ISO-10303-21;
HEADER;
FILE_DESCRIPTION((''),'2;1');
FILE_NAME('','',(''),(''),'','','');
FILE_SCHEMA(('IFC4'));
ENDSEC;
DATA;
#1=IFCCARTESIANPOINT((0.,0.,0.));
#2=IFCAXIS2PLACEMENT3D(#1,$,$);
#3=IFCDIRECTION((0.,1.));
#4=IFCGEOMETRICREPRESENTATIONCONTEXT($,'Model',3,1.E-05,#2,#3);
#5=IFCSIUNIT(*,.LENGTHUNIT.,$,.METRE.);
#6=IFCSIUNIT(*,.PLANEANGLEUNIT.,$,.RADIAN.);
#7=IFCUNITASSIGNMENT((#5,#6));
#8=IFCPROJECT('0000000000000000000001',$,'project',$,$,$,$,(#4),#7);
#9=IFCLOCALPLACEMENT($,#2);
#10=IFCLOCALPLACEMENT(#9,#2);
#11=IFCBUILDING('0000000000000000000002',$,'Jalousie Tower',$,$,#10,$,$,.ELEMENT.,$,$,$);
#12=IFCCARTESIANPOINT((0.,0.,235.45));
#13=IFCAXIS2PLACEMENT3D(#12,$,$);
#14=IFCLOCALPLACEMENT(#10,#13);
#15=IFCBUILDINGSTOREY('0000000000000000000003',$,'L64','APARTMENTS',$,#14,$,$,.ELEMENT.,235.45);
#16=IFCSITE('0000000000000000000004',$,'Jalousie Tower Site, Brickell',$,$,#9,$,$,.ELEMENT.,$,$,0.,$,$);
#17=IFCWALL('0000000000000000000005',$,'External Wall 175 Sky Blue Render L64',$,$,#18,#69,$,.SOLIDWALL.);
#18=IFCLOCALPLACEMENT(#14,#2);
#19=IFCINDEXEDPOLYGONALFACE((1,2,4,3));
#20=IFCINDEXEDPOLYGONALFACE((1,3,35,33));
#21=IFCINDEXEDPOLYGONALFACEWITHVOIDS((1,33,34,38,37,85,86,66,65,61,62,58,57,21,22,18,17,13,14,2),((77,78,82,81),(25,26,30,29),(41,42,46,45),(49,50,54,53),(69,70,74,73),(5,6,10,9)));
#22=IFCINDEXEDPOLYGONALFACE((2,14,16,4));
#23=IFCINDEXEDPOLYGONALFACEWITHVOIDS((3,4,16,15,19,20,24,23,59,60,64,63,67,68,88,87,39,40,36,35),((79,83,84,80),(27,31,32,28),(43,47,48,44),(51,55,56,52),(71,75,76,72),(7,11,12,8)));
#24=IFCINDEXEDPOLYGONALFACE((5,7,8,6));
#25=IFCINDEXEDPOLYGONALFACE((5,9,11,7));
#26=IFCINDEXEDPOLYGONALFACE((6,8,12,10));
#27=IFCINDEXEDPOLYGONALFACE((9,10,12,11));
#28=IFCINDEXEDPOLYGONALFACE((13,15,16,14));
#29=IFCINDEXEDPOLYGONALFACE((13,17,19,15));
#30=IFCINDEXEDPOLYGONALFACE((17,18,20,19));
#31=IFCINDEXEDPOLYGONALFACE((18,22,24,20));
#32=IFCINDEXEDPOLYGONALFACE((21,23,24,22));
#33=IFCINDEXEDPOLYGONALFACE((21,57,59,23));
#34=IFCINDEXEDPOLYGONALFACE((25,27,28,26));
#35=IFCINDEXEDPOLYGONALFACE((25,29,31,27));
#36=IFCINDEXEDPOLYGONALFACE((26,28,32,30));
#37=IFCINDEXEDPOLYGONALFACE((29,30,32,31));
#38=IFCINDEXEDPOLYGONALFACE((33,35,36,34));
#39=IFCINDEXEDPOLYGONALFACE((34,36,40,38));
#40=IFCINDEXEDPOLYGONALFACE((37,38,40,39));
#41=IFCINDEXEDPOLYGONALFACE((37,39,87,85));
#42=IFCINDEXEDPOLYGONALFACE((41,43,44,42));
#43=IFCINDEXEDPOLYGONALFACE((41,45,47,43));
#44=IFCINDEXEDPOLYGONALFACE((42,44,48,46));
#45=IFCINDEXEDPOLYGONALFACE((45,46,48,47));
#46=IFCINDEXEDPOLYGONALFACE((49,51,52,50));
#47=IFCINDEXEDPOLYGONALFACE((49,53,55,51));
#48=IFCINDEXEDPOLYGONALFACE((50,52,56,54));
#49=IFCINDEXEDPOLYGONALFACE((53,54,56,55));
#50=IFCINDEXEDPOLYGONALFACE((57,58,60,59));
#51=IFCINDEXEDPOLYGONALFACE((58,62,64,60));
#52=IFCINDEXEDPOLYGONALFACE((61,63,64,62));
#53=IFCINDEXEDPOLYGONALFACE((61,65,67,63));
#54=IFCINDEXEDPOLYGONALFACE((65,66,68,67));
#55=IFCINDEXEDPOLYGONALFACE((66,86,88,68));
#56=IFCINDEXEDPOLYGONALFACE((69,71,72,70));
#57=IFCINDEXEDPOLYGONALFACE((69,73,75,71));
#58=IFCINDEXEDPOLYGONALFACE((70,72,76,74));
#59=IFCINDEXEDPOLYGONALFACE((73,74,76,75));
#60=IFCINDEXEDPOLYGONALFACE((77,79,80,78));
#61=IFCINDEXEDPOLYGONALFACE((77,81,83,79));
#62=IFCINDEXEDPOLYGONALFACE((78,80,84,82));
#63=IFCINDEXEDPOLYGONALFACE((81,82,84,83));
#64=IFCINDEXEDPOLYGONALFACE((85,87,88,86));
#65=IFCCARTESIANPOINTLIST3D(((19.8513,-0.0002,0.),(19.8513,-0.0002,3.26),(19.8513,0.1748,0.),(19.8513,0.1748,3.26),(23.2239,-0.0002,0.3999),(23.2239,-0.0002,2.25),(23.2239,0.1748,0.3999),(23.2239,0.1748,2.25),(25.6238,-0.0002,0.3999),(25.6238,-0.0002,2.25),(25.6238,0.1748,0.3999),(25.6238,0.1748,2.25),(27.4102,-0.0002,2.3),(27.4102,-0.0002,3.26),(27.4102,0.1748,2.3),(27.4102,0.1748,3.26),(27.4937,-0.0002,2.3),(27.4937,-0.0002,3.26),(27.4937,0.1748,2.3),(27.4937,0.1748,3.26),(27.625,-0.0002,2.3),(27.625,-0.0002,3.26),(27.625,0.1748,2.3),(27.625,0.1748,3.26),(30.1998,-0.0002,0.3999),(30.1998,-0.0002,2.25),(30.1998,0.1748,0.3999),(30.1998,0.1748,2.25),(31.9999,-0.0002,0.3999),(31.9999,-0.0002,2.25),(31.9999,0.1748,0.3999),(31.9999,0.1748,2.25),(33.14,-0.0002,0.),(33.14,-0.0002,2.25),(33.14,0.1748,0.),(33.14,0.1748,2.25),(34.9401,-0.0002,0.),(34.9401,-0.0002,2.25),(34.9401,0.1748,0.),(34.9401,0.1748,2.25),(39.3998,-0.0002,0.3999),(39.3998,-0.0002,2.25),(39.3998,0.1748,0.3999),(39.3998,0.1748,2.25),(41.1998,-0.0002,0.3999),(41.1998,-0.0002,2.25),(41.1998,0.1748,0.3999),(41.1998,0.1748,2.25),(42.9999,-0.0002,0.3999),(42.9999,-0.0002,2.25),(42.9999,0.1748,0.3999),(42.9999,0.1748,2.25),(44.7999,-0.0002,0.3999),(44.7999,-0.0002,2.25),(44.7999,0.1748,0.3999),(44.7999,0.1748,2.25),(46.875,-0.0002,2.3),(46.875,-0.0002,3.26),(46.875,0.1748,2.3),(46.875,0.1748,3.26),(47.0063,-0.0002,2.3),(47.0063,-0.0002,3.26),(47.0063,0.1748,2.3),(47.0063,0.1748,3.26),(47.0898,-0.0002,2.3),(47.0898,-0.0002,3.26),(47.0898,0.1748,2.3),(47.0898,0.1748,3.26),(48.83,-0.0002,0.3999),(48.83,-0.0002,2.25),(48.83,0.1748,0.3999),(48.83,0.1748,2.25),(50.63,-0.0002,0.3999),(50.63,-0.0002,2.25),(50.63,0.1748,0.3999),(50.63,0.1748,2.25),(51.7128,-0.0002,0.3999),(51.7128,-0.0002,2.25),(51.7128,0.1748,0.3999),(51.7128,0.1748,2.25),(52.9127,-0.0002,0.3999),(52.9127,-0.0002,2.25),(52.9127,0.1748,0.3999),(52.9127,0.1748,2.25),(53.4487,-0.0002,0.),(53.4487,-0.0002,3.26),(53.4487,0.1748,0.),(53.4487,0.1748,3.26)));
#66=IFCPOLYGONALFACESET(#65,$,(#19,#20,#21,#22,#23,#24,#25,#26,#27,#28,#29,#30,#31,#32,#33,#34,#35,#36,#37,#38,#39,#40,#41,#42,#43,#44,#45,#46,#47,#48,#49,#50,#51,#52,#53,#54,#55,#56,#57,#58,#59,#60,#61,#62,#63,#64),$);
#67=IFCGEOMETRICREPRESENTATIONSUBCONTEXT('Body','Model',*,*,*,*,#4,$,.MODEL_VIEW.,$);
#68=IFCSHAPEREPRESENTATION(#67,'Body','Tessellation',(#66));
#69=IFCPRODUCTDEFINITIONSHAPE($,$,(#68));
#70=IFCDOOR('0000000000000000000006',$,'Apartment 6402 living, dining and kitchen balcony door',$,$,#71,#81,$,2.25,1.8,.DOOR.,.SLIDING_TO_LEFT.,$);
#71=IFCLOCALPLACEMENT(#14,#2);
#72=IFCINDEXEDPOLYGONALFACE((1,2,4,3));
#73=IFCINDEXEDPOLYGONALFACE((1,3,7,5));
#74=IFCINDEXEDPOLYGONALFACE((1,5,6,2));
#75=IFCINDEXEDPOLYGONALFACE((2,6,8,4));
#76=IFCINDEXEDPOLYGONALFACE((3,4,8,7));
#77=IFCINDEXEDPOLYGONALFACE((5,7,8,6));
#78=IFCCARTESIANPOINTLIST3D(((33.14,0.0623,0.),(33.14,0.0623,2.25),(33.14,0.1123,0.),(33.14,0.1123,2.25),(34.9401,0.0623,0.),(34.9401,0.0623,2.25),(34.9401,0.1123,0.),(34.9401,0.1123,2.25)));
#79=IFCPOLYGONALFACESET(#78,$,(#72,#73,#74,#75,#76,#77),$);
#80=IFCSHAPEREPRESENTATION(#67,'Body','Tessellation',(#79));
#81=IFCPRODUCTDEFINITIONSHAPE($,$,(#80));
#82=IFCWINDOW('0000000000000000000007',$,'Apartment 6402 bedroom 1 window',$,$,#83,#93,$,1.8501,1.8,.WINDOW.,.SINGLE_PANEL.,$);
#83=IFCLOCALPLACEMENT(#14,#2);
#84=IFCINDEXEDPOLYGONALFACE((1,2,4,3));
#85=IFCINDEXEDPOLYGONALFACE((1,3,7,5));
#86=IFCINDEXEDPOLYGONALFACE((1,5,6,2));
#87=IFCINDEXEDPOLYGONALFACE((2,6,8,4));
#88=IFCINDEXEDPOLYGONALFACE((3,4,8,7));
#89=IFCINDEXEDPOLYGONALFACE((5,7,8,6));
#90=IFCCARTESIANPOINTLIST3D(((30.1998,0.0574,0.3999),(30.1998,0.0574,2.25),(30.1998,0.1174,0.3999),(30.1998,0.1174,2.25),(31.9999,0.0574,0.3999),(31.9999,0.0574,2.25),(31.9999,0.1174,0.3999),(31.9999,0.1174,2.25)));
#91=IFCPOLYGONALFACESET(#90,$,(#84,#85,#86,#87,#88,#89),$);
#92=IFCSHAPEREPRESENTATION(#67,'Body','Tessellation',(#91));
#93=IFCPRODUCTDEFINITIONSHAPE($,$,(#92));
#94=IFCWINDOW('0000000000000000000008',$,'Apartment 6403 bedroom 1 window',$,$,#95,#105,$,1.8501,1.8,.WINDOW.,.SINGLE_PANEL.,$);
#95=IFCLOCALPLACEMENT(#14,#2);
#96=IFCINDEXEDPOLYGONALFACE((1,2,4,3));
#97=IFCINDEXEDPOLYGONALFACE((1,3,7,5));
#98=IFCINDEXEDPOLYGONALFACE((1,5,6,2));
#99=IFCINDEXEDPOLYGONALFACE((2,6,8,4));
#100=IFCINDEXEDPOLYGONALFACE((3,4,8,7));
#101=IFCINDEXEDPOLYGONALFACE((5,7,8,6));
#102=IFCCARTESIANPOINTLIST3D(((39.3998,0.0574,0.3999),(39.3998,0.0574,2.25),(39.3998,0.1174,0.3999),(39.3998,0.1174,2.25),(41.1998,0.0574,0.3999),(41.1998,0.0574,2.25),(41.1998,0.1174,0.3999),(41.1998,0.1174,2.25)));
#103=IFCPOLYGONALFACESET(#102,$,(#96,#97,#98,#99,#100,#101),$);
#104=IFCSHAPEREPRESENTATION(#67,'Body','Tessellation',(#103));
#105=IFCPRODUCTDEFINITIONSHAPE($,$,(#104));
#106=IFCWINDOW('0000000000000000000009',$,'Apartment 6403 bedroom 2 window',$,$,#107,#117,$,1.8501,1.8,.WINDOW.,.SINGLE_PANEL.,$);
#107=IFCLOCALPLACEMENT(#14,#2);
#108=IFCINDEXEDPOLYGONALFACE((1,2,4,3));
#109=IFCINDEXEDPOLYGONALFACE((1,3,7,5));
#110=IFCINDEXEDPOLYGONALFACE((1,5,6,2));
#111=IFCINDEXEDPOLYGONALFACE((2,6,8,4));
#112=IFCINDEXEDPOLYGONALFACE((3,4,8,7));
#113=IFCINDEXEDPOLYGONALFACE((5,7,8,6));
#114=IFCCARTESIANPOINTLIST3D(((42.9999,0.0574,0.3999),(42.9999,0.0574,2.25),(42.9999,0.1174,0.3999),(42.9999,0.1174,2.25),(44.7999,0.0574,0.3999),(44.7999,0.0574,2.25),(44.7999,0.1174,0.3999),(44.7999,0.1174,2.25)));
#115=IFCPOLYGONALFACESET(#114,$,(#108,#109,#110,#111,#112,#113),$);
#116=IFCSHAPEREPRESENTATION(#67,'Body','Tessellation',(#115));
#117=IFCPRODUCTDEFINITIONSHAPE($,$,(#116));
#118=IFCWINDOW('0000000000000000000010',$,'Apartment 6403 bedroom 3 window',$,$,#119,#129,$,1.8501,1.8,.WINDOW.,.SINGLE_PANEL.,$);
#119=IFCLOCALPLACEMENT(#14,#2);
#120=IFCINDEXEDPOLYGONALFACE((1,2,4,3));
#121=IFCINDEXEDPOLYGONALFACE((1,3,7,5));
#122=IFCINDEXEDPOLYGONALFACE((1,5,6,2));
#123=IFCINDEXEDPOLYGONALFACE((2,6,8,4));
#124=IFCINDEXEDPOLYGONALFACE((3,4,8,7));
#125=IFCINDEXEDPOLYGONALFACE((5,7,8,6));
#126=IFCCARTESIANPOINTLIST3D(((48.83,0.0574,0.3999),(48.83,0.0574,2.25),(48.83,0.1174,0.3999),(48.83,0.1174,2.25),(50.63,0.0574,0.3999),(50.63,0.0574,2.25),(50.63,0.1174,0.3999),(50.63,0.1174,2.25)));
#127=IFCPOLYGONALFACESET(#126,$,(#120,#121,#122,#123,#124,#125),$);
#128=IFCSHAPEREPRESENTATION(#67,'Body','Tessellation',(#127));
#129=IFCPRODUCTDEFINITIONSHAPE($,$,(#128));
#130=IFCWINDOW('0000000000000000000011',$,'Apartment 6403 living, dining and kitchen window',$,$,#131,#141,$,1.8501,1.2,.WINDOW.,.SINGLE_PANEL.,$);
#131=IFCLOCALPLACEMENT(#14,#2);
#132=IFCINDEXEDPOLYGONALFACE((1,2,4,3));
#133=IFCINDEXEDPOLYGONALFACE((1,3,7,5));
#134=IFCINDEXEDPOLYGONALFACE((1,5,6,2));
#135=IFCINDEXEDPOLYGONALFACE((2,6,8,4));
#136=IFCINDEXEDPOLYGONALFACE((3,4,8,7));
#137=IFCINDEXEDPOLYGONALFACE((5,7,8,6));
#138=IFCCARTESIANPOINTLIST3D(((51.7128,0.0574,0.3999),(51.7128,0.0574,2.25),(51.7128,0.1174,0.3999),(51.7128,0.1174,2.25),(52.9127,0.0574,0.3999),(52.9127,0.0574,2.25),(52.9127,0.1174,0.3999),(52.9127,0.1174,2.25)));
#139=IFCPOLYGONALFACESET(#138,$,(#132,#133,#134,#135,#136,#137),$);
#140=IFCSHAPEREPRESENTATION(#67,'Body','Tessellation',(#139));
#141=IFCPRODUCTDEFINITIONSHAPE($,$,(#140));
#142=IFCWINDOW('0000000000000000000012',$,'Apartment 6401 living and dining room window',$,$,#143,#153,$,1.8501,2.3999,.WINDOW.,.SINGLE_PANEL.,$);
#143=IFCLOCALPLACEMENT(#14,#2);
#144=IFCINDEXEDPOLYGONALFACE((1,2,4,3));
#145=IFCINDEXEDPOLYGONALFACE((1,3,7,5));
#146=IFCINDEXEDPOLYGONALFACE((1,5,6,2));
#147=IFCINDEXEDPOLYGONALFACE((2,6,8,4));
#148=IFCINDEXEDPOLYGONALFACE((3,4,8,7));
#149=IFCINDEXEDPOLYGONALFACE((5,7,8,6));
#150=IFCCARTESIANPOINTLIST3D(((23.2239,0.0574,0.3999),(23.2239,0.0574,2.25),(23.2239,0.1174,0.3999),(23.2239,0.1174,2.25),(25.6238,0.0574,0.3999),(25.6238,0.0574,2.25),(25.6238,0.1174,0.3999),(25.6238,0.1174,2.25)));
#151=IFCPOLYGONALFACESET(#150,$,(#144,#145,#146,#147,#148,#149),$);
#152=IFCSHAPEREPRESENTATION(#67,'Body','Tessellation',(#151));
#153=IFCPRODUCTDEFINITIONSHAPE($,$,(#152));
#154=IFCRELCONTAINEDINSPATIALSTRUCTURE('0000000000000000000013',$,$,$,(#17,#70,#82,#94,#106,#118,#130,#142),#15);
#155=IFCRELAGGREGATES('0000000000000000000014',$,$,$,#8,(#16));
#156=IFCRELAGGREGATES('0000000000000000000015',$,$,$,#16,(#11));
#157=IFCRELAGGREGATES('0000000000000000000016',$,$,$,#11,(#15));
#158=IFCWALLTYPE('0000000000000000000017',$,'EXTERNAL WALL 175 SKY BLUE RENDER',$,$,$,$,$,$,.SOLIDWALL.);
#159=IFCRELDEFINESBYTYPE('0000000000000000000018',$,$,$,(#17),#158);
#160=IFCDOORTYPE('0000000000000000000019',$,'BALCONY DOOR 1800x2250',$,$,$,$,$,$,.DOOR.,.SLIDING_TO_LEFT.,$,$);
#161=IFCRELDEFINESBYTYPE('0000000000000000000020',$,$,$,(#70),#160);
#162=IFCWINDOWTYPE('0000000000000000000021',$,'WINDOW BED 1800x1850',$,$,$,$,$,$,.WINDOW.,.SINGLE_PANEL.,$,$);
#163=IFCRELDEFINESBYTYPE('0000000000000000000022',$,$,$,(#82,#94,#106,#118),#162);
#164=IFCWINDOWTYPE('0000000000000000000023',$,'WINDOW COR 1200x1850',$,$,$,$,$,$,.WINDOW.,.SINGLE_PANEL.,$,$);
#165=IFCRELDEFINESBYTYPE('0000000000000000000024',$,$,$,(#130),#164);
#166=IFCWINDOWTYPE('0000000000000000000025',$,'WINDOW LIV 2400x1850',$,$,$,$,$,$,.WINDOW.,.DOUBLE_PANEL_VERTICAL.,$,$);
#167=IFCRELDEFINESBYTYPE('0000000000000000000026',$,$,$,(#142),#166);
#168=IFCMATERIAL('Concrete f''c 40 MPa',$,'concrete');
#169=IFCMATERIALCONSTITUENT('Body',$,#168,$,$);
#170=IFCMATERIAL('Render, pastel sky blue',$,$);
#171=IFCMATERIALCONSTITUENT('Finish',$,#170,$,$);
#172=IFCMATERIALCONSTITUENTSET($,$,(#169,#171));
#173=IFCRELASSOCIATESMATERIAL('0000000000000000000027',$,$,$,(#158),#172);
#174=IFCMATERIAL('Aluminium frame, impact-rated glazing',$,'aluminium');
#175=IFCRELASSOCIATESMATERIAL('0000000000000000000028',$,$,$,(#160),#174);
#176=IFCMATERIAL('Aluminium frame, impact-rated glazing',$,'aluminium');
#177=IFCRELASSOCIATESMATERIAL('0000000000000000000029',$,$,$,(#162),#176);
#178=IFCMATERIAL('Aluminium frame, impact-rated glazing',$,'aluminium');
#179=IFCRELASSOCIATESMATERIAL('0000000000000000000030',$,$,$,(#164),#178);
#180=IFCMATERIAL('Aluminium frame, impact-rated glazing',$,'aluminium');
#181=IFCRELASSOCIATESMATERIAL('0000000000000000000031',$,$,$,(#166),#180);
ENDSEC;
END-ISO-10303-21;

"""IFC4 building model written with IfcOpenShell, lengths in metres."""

from ifc_helpers import new_model, si_unit, direction, frame, frame_2d, origin, place, context, subcontext, project, spatial, polyline, rectangle, outline, extrude, material, constituent, constituent_set, type_object, element, fill, save


model = new_model("IFC4")

# Units and contexts
model_context = context("Model", 3, precision=1e-05, world=origin(), true_north=direction((0.0, 1.0)))
body_context = subcontext(model_context, "Body", "Model", "MODEL_VIEW")
ifc_project = project(units=[si_unit("LENGTHUNIT", "METRE"), si_unit("PLANEANGLEUNIT", "RADIAN")], contexts=[model_context])

# Site, building, storey
site_placement = place(None, origin())
site = spatial("IfcSite", under=ifc_project, at=site_placement, Name="Jalousie Tower Site, Brickell", CompositionType="ELEMENT", RefElevation=0.0)
building_placement = place(site_placement, origin())
building = spatial("IfcBuilding", under=site, at=building_placement, Name="Jalousie Tower", CompositionType="ELEMENT")
storey_placement = place(building_placement, frame((0.0, 0.0, 235.45)))
storey = spatial("IfcBuildingStorey", under=building, at=storey_placement, Name="L64", Description="APARTMENTS", CompositionType="ELEMENT", Elevation=235.45)

# Wall, openings, door, windows
ifc_material_1 = material(Name="Concrete f'c 40 MPa", Category="concrete")
ifc_constituent_1 = constituent(ifc_material_1, Name="Body")
ifc_material_2 = material(Name="Render, pastel sky blue")
ifc_constituent_2 = constituent(ifc_material_2, Name="Finish")
ifc_constituent_set_1 = constituent_set(constituents=[ifc_constituent_1, ifc_constituent_2])
wall_type_1 = type_object("IfcWallType", Name="EXTERNAL WALL 175 SKY BLUE RENDER", PredefinedType="SOLIDWALL", material=ifc_constituent_set_1)
wall_1_placement = place(storey_placement, frame((19.8513, 0.0874, 0.0), z_axis=(0.0, 0.0, 1.0), x_axis=(1.0, 0.0, 0.0)))
wall_1 = element("IfcWall", 1, at=wall_1_placement, inside=storey, type_object=wall_type_1, Name="External Wall 175 Sky Blue Render L64", PredefinedType="SOLIDWALL", context=body_context, shape_type="SweptSolid", body=[
    extrude(outline(polyline([(0.0, 0.0), (33.5974, 0.0), (33.5974, 3.26), (27.2385, 3.26), (27.2385, 2.3), (27.155, 2.3), (27.155, 3.26), (27.0237, 3.26), (27.0237, 2.3), (7.7737, 2.3), (7.7737, 3.26), (7.6423, 3.26), (7.6423, 2.3), (7.5588, 2.3), (7.5588, 3.26), (0.0, 3.26), (0.0, 0.0)])), frame((0.0, 0.0874, 0.0), z_axis=(0.0, -1.0, 0.0), x_axis=(1.0, 0.0, 0.0)), (0.0, 0.0, 1.0), 0.175),
])
opening_1_placement = place(wall_1_placement, frame((3.3726, 0.0, 0.3999)))
opening_1 = element("IfcOpeningElement", 2, at=opening_1_placement, cuts=wall_1, PredefinedType="OPENING", context=body_context, shape_type="SweptSolid", body=[
    extrude(rectangle(XDim=2.3999, YDim=1.8501, at=frame_2d((1.2, 0.925))), frame((0.0, 0.0974, 0.0), z_axis=(0.0, -1.0, 0.0), x_axis=(1.0, 0.0, 0.0)), (0.0, 0.0, 1.0), 0.1951),
])
opening_2_placement = place(wall_1_placement, frame((10.3486, 0.0, 0.3999)))
opening_2 = element("IfcOpeningElement", 3, at=opening_2_placement, cuts=wall_1, PredefinedType="OPENING", context=body_context, shape_type="SweptSolid", body=[
    extrude(rectangle(XDim=1.8, YDim=1.8501, at=frame_2d((0.8999, 0.925))), frame((0.0, 0.0974, 0.0), z_axis=(0.0, -1.0, 0.0), x_axis=(1.0, 0.0, 0.0)), (0.0, 0.0, 1.0), 0.1951),
])
opening_3_placement = place(wall_1_placement, frame((13.2888, 0.0, 0.0)))
opening_3 = element("IfcOpeningElement", 4, at=opening_3_placement, cuts=wall_1, PredefinedType="OPENING", context=body_context, shape_type="SweptSolid", body=[
    extrude(rectangle(XDim=1.8, YDim=2.25, at=frame_2d((0.8999, 1.125))), frame((0.0, 0.0974, 0.0), z_axis=(0.0, -1.0, 0.0), x_axis=(1.0, 0.0, 0.0)), (0.0, 0.0, 1.0), 0.1951),
])
opening_4_placement = place(wall_1_placement, frame((19.5486, 0.0, 0.3999)))
opening_4 = element("IfcOpeningElement", 5, at=opening_4_placement, cuts=wall_1, PredefinedType="OPENING", context=body_context, shape_type="SweptSolid", body=[
    extrude(rectangle(XDim=1.8, YDim=1.8501, at=frame_2d((0.8999, 0.925))), frame((0.0, 0.0974, 0.0), z_axis=(0.0, -1.0, 0.0), x_axis=(1.0, 0.0, 0.0)), (0.0, 0.0, 1.0), 0.1951),
])
opening_5_placement = place(wall_1_placement, frame((23.1487, 0.0, 0.3999)))
opening_5 = element("IfcOpeningElement", 6, at=opening_5_placement, cuts=wall_1, PredefinedType="OPENING", context=body_context, shape_type="SweptSolid", body=[
    extrude(rectangle(XDim=1.8, YDim=1.8501, at=frame_2d((0.8999, 0.925))), frame((0.0, 0.0974, 0.0), z_axis=(0.0, -1.0, 0.0), x_axis=(1.0, 0.0, 0.0)), (0.0, 0.0, 1.0), 0.1951),
])
opening_6_placement = place(wall_1_placement, frame((28.9788, 0.0, 0.3999)))
opening_6 = element("IfcOpeningElement", 7, at=opening_6_placement, cuts=wall_1, PredefinedType="OPENING", context=body_context, shape_type="SweptSolid", body=[
    extrude(rectangle(XDim=1.8, YDim=1.8501, at=frame_2d((0.8999, 0.925))), frame((0.0, 0.0974, 0.0), z_axis=(0.0, -1.0, 0.0), x_axis=(1.0, 0.0, 0.0)), (0.0, 0.0, 1.0), 0.1951),
])
opening_7_placement = place(wall_1_placement, frame((31.8613, 0.0, 0.3999)))
opening_7 = element("IfcOpeningElement", 8, at=opening_7_placement, cuts=wall_1, PredefinedType="OPENING", context=body_context, shape_type="SweptSolid", body=[
    extrude(rectangle(XDim=1.2, YDim=1.8501, at=frame_2d((0.6001, 0.925))), frame((0.0, 0.0974, 0.0), z_axis=(0.0, -1.0, 0.0), x_axis=(1.0, 0.0, 0.0)), (0.0, 0.0, 1.0), 0.1951),
])
ifc_material_3 = material(Name="Aluminium frame, impact-rated glazing", Category="aluminium")
door_type_1 = type_object("IfcDoorType", Name="BALCONY DOOR 1800x2250", OperationType="SLIDING_TO_LEFT", PredefinedType="DOOR", material=ifc_material_3)
door_1_placement = place(opening_3_placement, origin())
door_1 = element("IfcDoor", 9, at=door_1_placement, inside=storey, type_object=door_type_1, Name="Apartment 6402 living, dining and kitchen balcony door", OperationType="SLIDING_TO_LEFT", OverallHeight=2.25, OverallWidth=1.8, PredefinedType="DOOR", context=body_context, shape_type="SweptSolid", body=[
    extrude(rectangle(XDim=1.8, YDim=2.25, at=frame_2d((0.8999, 1.125))), frame((0.0, 0.0249, 0.0), z_axis=(0.0, -1.0, 0.0), x_axis=(1.0, 0.0, 0.0)), (0.0, 0.0, 1.0), 0.05),
])
fill(opening_3, door_1)
ifc_material_4 = material(Name="Aluminium frame, impact-rated glazing", Category="aluminium")
window_type_1 = type_object("IfcWindowType", Name="WINDOW BED 1800x1850", PartitioningType="SINGLE_PANEL", PredefinedType="WINDOW", material=ifc_material_4)
window_1_placement = place(opening_2_placement, origin())
window_1 = element("IfcWindow", 10, at=window_1_placement, inside=storey, type_object=window_type_1, Name="Apartment 6402 bedroom 1 window", OverallHeight=1.8501, OverallWidth=1.8, PartitioningType="SINGLE_PANEL", PredefinedType="WINDOW", context=body_context, shape_type="SweptSolid", body=[
    extrude(rectangle(XDim=1.8, YDim=1.8501, at=frame_2d((0.8999, 0.925))), frame((0.0, 0.03, 0.0), z_axis=(0.0, -1.0, 0.0), x_axis=(1.0, 0.0, 0.0)), (0.0, 0.0, 1.0), 0.0601),
])
fill(opening_2, window_1)
window_2_placement = place(opening_4_placement, origin())
window_2 = element("IfcWindow", 11, at=window_2_placement, inside=storey, type_object=window_type_1, Name="Apartment 6403 bedroom 1 window", OverallHeight=1.8501, OverallWidth=1.8, PartitioningType="SINGLE_PANEL", PredefinedType="WINDOW", context=body_context, shape_type="SweptSolid", body=[
    extrude(rectangle(XDim=1.8, YDim=1.8501, at=frame_2d((0.8999, 0.925))), frame((0.0, 0.03, 0.0), z_axis=(0.0, -1.0, 0.0), x_axis=(1.0, 0.0, 0.0)), (0.0, 0.0, 1.0), 0.0601),
])
fill(opening_4, window_2)
window_3_placement = place(opening_5_placement, origin())
window_3 = element("IfcWindow", 12, at=window_3_placement, inside=storey, type_object=window_type_1, Name="Apartment 6403 bedroom 2 window", OverallHeight=1.8501, OverallWidth=1.8, PartitioningType="SINGLE_PANEL", PredefinedType="WINDOW", context=body_context, shape_type="SweptSolid", body=[
    extrude(rectangle(XDim=1.8, YDim=1.8501, at=frame_2d((0.8999, 0.925))), frame((0.0, 0.03, 0.0), z_axis=(0.0, -1.0, 0.0), x_axis=(1.0, 0.0, 0.0)), (0.0, 0.0, 1.0), 0.0601),
])
fill(opening_5, window_3)
window_4_placement = place(opening_6_placement, origin())
window_4 = element("IfcWindow", 13, at=window_4_placement, inside=storey, type_object=window_type_1, Name="Apartment 6403 bedroom 3 window", OverallHeight=1.8501, OverallWidth=1.8, PartitioningType="SINGLE_PANEL", PredefinedType="WINDOW", context=body_context, shape_type="SweptSolid", body=[
    extrude(rectangle(XDim=1.8, YDim=1.8501, at=frame_2d((0.8999, 0.925))), frame((0.0, 0.03, 0.0), z_axis=(0.0, -1.0, 0.0), x_axis=(1.0, 0.0, 0.0)), (0.0, 0.0, 1.0), 0.0601),
])
fill(opening_6, window_4)
ifc_material_5 = material(Name="Aluminium frame, impact-rated glazing", Category="aluminium")
window_type_2 = type_object("IfcWindowType", Name="WINDOW COR 1200x1850", PartitioningType="SINGLE_PANEL", PredefinedType="WINDOW", material=ifc_material_5)
window_5_placement = place(opening_7_placement, origin())
window_5 = element("IfcWindow", 14, at=window_5_placement, inside=storey, type_object=window_type_2, Name="Apartment 6403 living, dining and kitchen window", OverallHeight=1.8501, OverallWidth=1.2, PartitioningType="SINGLE_PANEL", PredefinedType="WINDOW", context=body_context, shape_type="SweptSolid", body=[
    extrude(rectangle(XDim=1.2, YDim=1.8501, at=frame_2d((0.6001, 0.925))), frame((0.0, 0.03, 0.0), z_axis=(0.0, -1.0, 0.0), x_axis=(1.0, 0.0, 0.0)), (0.0, 0.0, 1.0), 0.0601),
])
fill(opening_7, window_5)
ifc_material_6 = material(Name="Aluminium frame, impact-rated glazing", Category="aluminium")
window_type_3 = type_object("IfcWindowType", Name="WINDOW LIV 2400x1850", PartitioningType="DOUBLE_PANEL_VERTICAL", PredefinedType="WINDOW", material=ifc_material_6)
window_6_placement = place(opening_1_placement, origin())
window_6 = element("IfcWindow", 15, at=window_6_placement, inside=storey, type_object=window_type_3, Name="Apartment 6401 living and dining room window", OverallHeight=1.8501, OverallWidth=2.3999, PartitioningType="SINGLE_PANEL", PredefinedType="WINDOW", context=body_context, shape_type="SweptSolid", body=[
    extrude(rectangle(XDim=2.3999, YDim=1.8501, at=frame_2d((1.2, 0.925))), frame((0.0, 0.03, 0.0), z_axis=(0.0, -1.0, 0.0), x_axis=(1.0, 0.0, 0.0)), (0.0, 0.0, 1.0), 0.0601),
])
fill(opening_1, window_6)

save(model, "model.ifc")
